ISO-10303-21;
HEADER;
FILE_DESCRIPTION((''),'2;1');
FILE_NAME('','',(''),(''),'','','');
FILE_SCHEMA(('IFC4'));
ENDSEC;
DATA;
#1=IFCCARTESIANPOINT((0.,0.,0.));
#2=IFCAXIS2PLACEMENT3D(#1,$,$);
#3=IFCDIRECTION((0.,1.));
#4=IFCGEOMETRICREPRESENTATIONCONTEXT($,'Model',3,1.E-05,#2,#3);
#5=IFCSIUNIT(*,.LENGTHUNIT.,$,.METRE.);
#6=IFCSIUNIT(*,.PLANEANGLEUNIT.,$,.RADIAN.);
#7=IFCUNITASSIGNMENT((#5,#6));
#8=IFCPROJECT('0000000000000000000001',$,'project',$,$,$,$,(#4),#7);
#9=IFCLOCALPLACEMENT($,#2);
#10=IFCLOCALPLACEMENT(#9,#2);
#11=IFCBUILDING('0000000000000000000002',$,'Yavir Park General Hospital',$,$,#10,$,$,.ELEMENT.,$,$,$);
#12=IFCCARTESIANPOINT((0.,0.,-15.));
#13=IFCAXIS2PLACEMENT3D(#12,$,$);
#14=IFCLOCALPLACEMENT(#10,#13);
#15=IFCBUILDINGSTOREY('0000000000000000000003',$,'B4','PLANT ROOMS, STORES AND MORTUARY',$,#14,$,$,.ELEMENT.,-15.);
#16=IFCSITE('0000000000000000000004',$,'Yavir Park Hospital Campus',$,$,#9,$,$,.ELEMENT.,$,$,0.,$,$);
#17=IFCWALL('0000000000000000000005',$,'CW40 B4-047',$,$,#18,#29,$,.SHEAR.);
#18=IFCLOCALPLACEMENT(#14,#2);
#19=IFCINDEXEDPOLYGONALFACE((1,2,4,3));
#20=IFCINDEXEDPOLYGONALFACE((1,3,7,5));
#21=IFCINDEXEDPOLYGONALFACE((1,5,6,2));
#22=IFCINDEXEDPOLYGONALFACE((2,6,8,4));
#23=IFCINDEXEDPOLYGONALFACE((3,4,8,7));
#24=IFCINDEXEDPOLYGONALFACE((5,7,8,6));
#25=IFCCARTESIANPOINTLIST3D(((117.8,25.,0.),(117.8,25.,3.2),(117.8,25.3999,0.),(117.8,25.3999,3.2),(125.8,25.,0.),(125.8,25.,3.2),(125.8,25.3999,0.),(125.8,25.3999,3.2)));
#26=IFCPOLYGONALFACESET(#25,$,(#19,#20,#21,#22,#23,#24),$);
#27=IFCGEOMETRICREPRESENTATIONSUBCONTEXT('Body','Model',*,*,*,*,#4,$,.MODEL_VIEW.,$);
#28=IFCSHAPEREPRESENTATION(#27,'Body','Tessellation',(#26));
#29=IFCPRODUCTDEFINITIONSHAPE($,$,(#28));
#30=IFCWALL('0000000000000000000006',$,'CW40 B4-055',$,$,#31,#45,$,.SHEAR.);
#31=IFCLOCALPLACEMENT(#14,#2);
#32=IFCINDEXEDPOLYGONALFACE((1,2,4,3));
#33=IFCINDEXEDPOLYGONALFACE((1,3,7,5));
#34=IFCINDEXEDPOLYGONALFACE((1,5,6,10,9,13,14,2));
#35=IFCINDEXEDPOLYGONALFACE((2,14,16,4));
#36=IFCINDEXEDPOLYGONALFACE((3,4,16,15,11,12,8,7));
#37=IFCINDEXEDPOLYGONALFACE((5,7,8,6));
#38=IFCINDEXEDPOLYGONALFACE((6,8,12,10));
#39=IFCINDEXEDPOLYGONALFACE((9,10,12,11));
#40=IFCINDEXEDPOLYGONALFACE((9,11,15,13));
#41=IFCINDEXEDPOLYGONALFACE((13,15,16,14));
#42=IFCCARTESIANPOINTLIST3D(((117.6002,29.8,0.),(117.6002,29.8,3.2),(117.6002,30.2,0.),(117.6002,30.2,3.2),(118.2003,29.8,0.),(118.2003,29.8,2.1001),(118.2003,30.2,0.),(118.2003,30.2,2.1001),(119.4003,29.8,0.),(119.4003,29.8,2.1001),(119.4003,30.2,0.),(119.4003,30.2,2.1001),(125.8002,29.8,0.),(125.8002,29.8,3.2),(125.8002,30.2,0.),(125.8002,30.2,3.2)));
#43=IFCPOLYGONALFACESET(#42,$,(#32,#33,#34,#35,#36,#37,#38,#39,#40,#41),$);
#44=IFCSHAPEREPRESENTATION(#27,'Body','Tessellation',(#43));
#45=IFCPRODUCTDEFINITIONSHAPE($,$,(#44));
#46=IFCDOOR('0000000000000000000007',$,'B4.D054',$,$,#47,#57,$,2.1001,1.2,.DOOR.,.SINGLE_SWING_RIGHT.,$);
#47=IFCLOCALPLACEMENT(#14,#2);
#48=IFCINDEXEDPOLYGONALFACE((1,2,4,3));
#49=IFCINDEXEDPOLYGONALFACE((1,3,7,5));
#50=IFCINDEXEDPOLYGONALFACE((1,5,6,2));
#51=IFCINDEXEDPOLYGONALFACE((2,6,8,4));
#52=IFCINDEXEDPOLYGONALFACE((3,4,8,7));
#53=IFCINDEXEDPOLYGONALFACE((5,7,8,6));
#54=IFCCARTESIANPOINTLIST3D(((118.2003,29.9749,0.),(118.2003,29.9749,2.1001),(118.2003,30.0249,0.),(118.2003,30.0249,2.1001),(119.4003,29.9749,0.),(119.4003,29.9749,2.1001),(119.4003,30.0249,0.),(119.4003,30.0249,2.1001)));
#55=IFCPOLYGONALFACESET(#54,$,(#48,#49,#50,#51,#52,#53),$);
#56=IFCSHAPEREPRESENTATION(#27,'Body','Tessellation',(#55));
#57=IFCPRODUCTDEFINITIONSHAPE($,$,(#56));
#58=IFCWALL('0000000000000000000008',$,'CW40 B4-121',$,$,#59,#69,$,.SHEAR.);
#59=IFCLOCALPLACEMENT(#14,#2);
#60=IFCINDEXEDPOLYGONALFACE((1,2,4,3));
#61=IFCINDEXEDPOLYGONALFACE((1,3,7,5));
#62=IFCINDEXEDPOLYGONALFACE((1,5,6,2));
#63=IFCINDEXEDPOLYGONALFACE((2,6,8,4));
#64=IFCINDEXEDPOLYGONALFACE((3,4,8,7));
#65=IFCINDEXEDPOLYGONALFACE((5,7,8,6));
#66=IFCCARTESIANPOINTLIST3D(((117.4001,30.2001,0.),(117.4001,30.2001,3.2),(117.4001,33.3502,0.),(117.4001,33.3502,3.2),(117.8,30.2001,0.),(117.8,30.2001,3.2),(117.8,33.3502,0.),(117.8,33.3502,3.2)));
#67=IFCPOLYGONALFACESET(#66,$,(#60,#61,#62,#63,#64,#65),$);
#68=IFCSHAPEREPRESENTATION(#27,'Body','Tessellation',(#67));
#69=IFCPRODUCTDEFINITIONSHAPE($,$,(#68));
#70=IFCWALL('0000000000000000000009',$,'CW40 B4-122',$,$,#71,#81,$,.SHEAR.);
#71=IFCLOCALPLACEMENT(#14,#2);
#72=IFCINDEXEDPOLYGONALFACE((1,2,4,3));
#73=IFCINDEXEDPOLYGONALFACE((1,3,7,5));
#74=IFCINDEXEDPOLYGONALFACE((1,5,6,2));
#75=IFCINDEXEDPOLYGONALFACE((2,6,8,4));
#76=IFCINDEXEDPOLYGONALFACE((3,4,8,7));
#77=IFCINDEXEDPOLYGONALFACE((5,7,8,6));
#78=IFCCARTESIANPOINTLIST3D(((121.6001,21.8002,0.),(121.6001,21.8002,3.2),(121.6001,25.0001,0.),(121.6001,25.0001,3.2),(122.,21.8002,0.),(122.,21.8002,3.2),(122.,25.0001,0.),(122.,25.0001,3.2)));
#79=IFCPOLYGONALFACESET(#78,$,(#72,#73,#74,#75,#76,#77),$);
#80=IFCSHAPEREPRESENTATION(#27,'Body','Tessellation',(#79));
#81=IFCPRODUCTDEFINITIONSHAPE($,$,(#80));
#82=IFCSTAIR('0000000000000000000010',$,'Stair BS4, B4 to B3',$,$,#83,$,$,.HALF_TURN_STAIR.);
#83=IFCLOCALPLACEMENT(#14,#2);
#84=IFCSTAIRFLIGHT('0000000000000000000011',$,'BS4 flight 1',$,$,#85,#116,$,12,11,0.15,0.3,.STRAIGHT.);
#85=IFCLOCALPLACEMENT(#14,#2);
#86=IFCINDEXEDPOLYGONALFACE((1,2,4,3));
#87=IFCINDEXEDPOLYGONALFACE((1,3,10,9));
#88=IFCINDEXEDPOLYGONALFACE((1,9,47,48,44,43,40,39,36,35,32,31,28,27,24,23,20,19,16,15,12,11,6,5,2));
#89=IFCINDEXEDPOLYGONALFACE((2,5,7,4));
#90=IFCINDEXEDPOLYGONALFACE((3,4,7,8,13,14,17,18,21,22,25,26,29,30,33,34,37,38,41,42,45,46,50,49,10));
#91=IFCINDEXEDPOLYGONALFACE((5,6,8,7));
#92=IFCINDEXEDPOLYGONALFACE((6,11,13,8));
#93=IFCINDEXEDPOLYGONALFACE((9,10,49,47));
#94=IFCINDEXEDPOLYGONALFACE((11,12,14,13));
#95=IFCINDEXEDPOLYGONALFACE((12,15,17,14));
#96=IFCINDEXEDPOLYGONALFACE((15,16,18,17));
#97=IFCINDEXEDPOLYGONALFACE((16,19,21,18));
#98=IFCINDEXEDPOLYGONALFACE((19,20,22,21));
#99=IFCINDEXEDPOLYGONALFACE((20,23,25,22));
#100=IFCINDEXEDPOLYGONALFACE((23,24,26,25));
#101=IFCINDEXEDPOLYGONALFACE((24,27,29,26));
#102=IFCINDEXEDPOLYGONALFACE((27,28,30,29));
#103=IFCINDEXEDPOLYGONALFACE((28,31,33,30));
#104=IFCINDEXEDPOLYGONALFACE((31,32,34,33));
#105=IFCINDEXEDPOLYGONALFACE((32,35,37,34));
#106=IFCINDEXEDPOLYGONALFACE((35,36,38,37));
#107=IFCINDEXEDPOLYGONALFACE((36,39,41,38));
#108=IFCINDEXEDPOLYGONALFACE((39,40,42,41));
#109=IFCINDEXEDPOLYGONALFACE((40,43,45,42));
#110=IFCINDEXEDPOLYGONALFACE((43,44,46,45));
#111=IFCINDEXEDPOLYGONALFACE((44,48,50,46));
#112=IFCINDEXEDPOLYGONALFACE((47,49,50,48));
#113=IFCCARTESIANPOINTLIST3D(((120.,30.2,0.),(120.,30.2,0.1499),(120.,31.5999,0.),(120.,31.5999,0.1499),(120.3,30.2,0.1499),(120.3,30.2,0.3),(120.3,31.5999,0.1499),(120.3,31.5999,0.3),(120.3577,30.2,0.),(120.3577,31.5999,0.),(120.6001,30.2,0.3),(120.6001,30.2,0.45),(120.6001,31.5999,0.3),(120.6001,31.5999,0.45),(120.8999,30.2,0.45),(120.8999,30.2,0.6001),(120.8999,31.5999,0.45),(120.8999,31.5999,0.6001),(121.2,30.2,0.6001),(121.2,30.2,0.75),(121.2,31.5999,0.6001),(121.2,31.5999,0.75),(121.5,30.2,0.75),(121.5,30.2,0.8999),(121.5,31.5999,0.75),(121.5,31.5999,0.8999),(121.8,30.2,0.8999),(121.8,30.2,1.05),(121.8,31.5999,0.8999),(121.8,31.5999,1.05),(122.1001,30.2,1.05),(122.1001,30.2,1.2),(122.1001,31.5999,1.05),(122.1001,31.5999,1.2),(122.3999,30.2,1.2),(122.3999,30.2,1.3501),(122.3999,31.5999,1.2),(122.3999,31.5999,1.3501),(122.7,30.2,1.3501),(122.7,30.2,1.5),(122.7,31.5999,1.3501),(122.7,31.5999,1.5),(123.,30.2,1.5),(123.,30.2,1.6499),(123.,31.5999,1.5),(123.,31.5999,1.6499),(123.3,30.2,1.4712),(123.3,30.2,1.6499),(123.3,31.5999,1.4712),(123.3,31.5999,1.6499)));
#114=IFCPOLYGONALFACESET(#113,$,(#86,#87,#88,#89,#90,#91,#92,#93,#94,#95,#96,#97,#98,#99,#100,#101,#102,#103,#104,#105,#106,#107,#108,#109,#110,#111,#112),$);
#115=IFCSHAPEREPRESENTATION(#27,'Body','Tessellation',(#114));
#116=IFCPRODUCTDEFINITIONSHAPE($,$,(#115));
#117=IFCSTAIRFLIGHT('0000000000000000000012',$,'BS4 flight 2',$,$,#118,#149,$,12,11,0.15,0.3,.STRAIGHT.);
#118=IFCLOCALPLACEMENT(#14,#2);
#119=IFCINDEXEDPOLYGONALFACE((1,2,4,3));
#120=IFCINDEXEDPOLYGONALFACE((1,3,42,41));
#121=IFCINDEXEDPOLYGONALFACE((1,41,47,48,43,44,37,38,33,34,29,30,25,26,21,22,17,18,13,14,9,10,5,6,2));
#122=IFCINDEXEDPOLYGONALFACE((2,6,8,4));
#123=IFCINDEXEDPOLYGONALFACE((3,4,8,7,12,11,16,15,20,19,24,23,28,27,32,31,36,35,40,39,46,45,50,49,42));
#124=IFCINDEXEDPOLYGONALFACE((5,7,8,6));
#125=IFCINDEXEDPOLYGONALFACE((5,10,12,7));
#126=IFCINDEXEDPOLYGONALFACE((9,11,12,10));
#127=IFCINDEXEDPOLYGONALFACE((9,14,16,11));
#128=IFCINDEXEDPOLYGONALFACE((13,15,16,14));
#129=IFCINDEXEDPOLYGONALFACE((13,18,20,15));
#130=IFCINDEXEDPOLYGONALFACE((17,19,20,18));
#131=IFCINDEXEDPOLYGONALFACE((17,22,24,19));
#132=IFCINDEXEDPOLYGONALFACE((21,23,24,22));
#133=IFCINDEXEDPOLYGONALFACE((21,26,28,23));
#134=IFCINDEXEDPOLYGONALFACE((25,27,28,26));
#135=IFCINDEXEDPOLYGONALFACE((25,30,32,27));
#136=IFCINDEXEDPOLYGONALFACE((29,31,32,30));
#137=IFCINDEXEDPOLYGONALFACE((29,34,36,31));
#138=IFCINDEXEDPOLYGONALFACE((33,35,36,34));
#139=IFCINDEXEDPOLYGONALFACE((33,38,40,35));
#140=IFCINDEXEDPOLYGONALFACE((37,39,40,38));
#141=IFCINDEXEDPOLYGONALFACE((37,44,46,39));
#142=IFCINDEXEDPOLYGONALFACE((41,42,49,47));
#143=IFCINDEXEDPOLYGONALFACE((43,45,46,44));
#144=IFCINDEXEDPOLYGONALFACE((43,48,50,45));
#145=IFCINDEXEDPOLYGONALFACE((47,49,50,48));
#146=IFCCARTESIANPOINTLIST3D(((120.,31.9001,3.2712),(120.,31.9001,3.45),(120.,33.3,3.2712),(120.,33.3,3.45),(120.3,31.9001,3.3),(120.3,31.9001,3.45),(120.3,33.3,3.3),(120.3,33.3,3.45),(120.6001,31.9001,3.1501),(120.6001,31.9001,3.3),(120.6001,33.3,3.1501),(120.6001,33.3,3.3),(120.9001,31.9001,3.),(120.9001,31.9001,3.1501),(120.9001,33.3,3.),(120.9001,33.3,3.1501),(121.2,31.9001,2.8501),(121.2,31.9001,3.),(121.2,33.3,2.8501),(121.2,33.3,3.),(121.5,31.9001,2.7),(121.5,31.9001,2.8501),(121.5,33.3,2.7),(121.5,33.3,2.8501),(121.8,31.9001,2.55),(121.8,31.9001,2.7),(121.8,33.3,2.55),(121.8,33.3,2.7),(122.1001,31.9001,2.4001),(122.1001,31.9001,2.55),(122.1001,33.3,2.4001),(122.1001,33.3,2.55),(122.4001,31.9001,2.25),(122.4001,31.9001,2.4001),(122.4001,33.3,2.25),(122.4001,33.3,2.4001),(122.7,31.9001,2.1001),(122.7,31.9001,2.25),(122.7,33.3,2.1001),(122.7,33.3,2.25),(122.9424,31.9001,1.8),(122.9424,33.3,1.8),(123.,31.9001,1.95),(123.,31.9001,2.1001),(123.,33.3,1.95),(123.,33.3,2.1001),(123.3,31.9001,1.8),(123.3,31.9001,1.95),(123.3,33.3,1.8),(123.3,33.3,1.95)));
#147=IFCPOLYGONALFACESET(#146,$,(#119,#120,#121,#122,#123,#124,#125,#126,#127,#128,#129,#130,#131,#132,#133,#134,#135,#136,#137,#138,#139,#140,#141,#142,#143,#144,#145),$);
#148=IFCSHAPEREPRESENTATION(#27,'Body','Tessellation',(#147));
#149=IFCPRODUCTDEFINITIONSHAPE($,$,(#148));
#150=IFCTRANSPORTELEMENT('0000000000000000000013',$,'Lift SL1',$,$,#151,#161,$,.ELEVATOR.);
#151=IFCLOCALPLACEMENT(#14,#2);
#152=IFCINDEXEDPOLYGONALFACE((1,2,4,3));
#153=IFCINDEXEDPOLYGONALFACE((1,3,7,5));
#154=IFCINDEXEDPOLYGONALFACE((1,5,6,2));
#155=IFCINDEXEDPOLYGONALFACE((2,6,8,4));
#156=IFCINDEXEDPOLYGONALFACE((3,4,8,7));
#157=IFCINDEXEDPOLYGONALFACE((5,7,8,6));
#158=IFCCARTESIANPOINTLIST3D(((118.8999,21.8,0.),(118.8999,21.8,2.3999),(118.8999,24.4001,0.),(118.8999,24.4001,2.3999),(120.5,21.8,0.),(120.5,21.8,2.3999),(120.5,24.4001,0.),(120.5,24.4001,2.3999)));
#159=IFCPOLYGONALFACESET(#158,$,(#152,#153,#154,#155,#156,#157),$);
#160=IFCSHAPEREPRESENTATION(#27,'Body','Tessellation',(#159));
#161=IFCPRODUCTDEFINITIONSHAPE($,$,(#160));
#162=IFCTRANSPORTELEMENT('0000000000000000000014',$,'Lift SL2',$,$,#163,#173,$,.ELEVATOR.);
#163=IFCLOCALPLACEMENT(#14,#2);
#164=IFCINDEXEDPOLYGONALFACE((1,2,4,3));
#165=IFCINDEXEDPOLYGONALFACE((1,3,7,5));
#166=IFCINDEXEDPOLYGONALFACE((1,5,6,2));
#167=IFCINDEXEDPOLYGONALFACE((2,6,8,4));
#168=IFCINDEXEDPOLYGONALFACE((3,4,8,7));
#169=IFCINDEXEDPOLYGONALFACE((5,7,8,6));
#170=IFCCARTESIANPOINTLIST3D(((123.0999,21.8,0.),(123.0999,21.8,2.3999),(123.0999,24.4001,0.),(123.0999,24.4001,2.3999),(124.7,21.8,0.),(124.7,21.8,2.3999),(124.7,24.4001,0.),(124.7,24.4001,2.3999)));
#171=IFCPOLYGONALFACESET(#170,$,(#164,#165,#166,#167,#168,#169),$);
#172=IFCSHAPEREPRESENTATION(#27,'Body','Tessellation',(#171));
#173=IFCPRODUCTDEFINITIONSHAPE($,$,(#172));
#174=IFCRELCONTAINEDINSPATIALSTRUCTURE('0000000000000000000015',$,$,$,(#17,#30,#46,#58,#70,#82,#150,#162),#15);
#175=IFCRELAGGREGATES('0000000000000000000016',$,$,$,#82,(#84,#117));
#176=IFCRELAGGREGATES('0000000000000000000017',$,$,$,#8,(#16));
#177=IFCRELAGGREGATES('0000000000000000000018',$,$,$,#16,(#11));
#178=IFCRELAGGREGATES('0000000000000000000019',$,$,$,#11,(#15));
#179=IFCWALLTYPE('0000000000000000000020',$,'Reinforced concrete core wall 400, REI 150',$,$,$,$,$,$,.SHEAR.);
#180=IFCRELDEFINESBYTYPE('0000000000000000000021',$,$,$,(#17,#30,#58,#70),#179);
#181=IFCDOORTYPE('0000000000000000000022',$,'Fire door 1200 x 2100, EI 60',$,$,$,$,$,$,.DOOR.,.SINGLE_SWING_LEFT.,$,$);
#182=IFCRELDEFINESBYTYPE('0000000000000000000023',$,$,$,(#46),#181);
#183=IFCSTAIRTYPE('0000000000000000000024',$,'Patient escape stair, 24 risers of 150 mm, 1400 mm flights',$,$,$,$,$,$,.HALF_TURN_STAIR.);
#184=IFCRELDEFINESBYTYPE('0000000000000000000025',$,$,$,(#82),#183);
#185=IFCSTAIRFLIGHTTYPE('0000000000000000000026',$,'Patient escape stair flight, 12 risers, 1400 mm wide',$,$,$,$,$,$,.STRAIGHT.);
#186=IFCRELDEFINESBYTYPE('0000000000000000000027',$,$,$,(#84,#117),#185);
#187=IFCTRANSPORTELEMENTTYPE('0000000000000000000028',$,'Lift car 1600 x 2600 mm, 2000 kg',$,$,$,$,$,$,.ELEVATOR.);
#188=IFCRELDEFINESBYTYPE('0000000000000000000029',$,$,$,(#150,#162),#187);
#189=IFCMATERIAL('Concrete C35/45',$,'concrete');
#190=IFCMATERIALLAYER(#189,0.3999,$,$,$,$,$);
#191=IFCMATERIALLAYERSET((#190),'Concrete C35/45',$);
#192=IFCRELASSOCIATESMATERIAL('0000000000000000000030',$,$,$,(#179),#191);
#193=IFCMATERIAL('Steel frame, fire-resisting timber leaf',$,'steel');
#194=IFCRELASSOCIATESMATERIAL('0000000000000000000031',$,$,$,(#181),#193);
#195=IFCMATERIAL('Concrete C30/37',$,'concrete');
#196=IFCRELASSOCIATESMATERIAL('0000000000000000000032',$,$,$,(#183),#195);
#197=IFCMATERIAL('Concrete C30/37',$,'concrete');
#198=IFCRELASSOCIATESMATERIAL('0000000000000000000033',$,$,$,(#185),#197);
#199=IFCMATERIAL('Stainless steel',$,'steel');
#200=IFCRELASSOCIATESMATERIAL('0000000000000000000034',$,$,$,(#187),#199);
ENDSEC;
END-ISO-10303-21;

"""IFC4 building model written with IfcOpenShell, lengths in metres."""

from ifc_helpers import new_model, si_unit, direction, frame, frame_2d, origin, origin_2d, place, context, subcontext, project, spatial, polyline, rectangle, outline, extrude, material, layer, layer_set, type_object, element, fill, aggregate, save


model = new_model("IFC4")

# Units and contexts
model_context = context("Model", 3, precision=1e-05, world=origin(), true_north=direction((0.0, 1.0)))
body_context = subcontext(model_context, "Body", "Model", "MODEL_VIEW")
ifc_project = project(units=[si_unit("LENGTHUNIT", "METRE"), si_unit("PLANEANGLEUNIT", "RADIAN")], contexts=[model_context])

# Site, building, storey
site_placement = place(None, origin())
site = spatial("IfcSite", under=ifc_project, at=site_placement, Name="Yavir Park Hospital Campus", CompositionType="ELEMENT", RefElevation=0.0)
building_placement = place(site_placement, origin())
building = spatial("IfcBuilding", under=site, at=building_placement, Name="Yavir Park General Hospital", CompositionType="ELEMENT")
storey_placement = place(building_placement, frame((0.0, 0.0, -15.0)))
storey = spatial("IfcBuildingStorey", under=building, at=storey_placement, Name="B4", Description="PLANT ROOMS, STORES AND MORTUARY", CompositionType="ELEMENT", Elevation=-15.0)

# Shared definitions
ifc_material_1 = material(Name="Concrete C35/45", Category="concrete")
ifc_layer = layer(ifc_material_1, 0.3999)
ifc_layer_set = layer_set([ifc_layer], Name="Concrete C35/45")
wall_type = type_object("IfcWallType", Name="Reinforced concrete core wall 400, REI 150", PredefinedType="SHEAR", material=ifc_layer_set)

# Wall
wall_1_placement = place(storey_placement, frame((117.8, 25.2, 0.0), z_axis=(0.0, 0.0, 1.0), x_axis=(1.0, 0.0, 0.0)))
element("IfcWall", 1, at=wall_1_placement, inside=storey, type_object=wall_type, Name="CW40 B4-047", PredefinedType="SHEAR", context=body_context, shape_type="SweptSolid", body=[
    extrude(rectangle(XDim=8.0, YDim=0.3999, at=frame_2d((4.0, 0.0))), origin(), (0.0, 0.0, 1.0), 3.2),
])

# Wall, opening, door
wall_2_placement = place(storey_placement, frame((117.6001, 30.0, 0.0), z_axis=(0.0, 0.0, 1.0), x_axis=(1.0, 0.0, 0.0)))
wall_2 = element("IfcWall", 2, at=wall_2_placement, inside=storey, type_object=wall_type, Name="CW40 B4-055", PredefinedType="SHEAR", context=body_context, shape_type="SweptSolid", body=[
    extrude(rectangle(XDim=8.2, YDim=0.3999, at=frame_2d((4.1001, 0.0))), origin(), (0.0, 0.0, 1.0), 3.2),
])
opening_1_placement = place(wall_2_placement, frame((0.6001, 0.0, 0.0)))
opening_1 = element("IfcOpeningElement", 3, at=opening_1_placement, cuts=wall_2, PredefinedType="OPENING", context=body_context, shape_type="SweptSolid", body=[
    extrude(rectangle(XDim=1.2, YDim=2.1001, at=frame_2d((0.6001, 1.05))), frame((0.0, 0.21, 0.0), z_axis=(0.0, -1.0, 0.0), x_axis=(1.0, 0.0, 0.0)), (0.0, 0.0, 1.0), 0.4199),
])
ifc_material_2 = material(Name="Steel frame, fire-resisting timber leaf", Category="steel")
door_type_1 = type_object("IfcDoorType", Name="Fire door 1200 x 2100, EI 60", OperationType="SINGLE_SWING_LEFT", PredefinedType="DOOR", material=ifc_material_2)
door_1_placement = place(opening_1_placement, origin())
door_1 = element("IfcDoor", 4, at=door_1_placement, inside=storey, type_object=door_type_1, Name="B4.D054", OperationType="SINGLE_SWING_RIGHT", OverallHeight=2.1001, OverallWidth=1.2, PredefinedType="DOOR", context=body_context, shape_type="SweptSolid", body=[
    extrude(rectangle(XDim=1.2, YDim=2.1001, at=frame_2d((0.6001, 1.05))), frame((0.0, 0.0249, 0.0), z_axis=(0.0, -1.0, 0.0), x_axis=(1.0, 0.0, 0.0)), (0.0, 0.0, 1.0), 0.05),
])
fill(opening_1, door_1)

# Walls
wall_3_placement = place(storey_placement, frame((117.6001, 30.2, 0.0), z_axis=(0.0, 0.0, 1.0), x_axis=(0.0, 1.0, 0.0)))
element("IfcWall", 5, at=wall_3_placement, inside=storey, type_object=wall_type, Name="CW40 B4-121", PredefinedType="SHEAR", context=body_context, shape_type="SweptSolid", body=[
    extrude(rectangle(XDim=3.1501, YDim=0.3999, at=frame_2d((1.5752, 0.0))), origin(), (0.0, 0.0, 1.0), 3.2),
])
wall_4_placement = place(storey_placement, frame((121.8, 21.8, 0.0), z_axis=(0.0, 0.0, 1.0), x_axis=(0.0, 1.0, 0.0)))
element("IfcWall", 6, at=wall_4_placement, inside=storey, type_object=wall_type, Name="CW40 B4-122", PredefinedType="SHEAR", context=body_context, shape_type="SweptSolid", body=[
    extrude(rectangle(XDim=3.2, YDim=0.3999, at=frame_2d((1.6001, 0.0))), origin(), (0.0, 0.0, 1.0), 3.2),
])

# Stair, stair flights
ifc_material_3 = material(Name="Concrete C30/37", Category="concrete")
stair_type = type_object("IfcStairType", Name="Patient escape stair, 24 risers of 150 mm, 1400 mm flights", PredefinedType="HALF_TURN_STAIR", material=ifc_material_3)
stair_placement = place(storey_placement, origin())
stair = element("IfcStair", 7, at=stair_placement, inside=storey, type_object=stair_type, Name="Stair BS4, B4 to B3", PredefinedType="HALF_TURN_STAIR")
ifc_material_4 = material(Name="Concrete C30/37", Category="concrete")
stair_flight_type = type_object("IfcStairFlightType", Name="Patient escape stair flight, 12 risers, 1400 mm wide", PredefinedType="STRAIGHT", material=ifc_material_4)
stair_flight_1_placement = place(storey_placement, frame((120.0, 30.8999, 0.0), z_axis=(0.0, 0.0, 1.0), x_axis=(1.0, 0.0, 0.0)))
stair_flight_1 = element("IfcStairFlight", 8, at=stair_flight_1_placement, type_object=stair_flight_type, Name="BS4 flight 1", NumberOfRisers=12, NumberOfTreads=11, PredefinedType="STRAIGHT", RiserHeight=0.15, TreadLength=0.3, context=body_context, shape_type="SweptSolid", body=[
    extrude(outline(polyline([(0.0, 0.0), (0.0, 0.1499), (0.3, 0.1499), (0.3, 0.3), (0.6001, 0.3), (0.6001, 0.45), (0.8999, 0.45), (0.8999, 0.6001), (1.2, 0.6001), (1.2, 0.75), (1.5, 0.75), (1.5, 0.8999), (1.8, 0.8999), (1.8, 1.05), (2.1001, 1.05), (2.1001, 1.2), (2.3999, 1.2), (2.3999, 1.3501), (2.7, 1.3501), (2.7, 1.5), (3.0, 1.5), (3.0, 1.6499), (3.3, 1.6499), (3.3, 1.8), (3.3, 1.4712), (0.3577, 0.0), (0.0, 0.0)])), frame((0.0, 0.7, 0.0), z_axis=(0.0, -1.0, 0.0), x_axis=(1.0, 0.0, 0.0)), (0.0, 0.0, 1.0), 1.3999),
])
stair_flight_2_placement = place(storey_placement, frame((123.3, 32.6001, 1.8), z_axis=(0.0, 0.0, 1.0), x_axis=(-1.0, 0.0, 0.0)))
stair_flight_2 = element("IfcStairFlight", 9, at=stair_flight_2_placement, type_object=stair_flight_type, Name="BS4 flight 2", NumberOfRisers=12, NumberOfTreads=11, PredefinedType="STRAIGHT", RiserHeight=0.15, TreadLength=0.3, context=body_context, shape_type="SweptSolid", body=[
    extrude(outline(polyline([(0.0, 0.0), (0.0, 0.1499), (0.3, 0.1499), (0.3, 0.3), (0.6001, 0.3), (0.6001, 0.45), (0.8999, 0.45), (0.8999, 0.6001), (1.2, 0.6001), (1.2, 0.75), (1.5, 0.75), (1.5, 0.8999), (1.8, 0.8999), (1.8, 1.05), (2.1001, 1.05), (2.1001, 1.2), (2.3999, 1.2), (2.3999, 1.3501), (2.7, 1.3501), (2.7, 1.5), (3.0, 1.5), (3.0, 1.6499), (3.3, 1.6499), (3.3, 1.8), (3.3, 1.4712), (0.3577, 0.0), (0.0, 0.0)])), frame((0.0, 0.7, 0.0), z_axis=(0.0, -1.0, 0.0), x_axis=(1.0, 0.0, 0.0)), (0.0, 0.0, 1.0), 1.3999),
])
aggregate(stair, [stair_flight_1, stair_flight_2])

# Transport elements
ifc_material_5 = material(Name="Stainless steel", Category="steel")
transport_element_type = type_object("IfcTransportElementType", Name="Lift car 1600 x 2600 mm, 2000 kg", PredefinedType="ELEVATOR", material=ifc_material_5)
for number, where, z_axis, x_axis, name in (
    (10, (119.7, 23.1001, 0.0), (0.0, 0.0, 1.0), (1.0, 0.0, 0.0), "Lift SL1"),
    (11, (123.8999, 23.1001, 0.0), (0.0, 0.0, 1.0), (1.0, 0.0, 0.0), "Lift SL2"),
):
    element("IfcTransportElement", number, at=place(storey_placement, frame(where, z_axis=z_axis, x_axis=x_axis)), inside=storey, type_object=transport_element_type, Name=name, PredefinedType="ELEVATOR", context=body_context, shape_type="SweptSolid", body=[
        extrude(rectangle(XDim=1.6001, YDim=2.6001, at=origin_2d()), origin(), (0.0, 0.0, 1.0), 2.3999),
    ])

save(model, "model.ifc")
